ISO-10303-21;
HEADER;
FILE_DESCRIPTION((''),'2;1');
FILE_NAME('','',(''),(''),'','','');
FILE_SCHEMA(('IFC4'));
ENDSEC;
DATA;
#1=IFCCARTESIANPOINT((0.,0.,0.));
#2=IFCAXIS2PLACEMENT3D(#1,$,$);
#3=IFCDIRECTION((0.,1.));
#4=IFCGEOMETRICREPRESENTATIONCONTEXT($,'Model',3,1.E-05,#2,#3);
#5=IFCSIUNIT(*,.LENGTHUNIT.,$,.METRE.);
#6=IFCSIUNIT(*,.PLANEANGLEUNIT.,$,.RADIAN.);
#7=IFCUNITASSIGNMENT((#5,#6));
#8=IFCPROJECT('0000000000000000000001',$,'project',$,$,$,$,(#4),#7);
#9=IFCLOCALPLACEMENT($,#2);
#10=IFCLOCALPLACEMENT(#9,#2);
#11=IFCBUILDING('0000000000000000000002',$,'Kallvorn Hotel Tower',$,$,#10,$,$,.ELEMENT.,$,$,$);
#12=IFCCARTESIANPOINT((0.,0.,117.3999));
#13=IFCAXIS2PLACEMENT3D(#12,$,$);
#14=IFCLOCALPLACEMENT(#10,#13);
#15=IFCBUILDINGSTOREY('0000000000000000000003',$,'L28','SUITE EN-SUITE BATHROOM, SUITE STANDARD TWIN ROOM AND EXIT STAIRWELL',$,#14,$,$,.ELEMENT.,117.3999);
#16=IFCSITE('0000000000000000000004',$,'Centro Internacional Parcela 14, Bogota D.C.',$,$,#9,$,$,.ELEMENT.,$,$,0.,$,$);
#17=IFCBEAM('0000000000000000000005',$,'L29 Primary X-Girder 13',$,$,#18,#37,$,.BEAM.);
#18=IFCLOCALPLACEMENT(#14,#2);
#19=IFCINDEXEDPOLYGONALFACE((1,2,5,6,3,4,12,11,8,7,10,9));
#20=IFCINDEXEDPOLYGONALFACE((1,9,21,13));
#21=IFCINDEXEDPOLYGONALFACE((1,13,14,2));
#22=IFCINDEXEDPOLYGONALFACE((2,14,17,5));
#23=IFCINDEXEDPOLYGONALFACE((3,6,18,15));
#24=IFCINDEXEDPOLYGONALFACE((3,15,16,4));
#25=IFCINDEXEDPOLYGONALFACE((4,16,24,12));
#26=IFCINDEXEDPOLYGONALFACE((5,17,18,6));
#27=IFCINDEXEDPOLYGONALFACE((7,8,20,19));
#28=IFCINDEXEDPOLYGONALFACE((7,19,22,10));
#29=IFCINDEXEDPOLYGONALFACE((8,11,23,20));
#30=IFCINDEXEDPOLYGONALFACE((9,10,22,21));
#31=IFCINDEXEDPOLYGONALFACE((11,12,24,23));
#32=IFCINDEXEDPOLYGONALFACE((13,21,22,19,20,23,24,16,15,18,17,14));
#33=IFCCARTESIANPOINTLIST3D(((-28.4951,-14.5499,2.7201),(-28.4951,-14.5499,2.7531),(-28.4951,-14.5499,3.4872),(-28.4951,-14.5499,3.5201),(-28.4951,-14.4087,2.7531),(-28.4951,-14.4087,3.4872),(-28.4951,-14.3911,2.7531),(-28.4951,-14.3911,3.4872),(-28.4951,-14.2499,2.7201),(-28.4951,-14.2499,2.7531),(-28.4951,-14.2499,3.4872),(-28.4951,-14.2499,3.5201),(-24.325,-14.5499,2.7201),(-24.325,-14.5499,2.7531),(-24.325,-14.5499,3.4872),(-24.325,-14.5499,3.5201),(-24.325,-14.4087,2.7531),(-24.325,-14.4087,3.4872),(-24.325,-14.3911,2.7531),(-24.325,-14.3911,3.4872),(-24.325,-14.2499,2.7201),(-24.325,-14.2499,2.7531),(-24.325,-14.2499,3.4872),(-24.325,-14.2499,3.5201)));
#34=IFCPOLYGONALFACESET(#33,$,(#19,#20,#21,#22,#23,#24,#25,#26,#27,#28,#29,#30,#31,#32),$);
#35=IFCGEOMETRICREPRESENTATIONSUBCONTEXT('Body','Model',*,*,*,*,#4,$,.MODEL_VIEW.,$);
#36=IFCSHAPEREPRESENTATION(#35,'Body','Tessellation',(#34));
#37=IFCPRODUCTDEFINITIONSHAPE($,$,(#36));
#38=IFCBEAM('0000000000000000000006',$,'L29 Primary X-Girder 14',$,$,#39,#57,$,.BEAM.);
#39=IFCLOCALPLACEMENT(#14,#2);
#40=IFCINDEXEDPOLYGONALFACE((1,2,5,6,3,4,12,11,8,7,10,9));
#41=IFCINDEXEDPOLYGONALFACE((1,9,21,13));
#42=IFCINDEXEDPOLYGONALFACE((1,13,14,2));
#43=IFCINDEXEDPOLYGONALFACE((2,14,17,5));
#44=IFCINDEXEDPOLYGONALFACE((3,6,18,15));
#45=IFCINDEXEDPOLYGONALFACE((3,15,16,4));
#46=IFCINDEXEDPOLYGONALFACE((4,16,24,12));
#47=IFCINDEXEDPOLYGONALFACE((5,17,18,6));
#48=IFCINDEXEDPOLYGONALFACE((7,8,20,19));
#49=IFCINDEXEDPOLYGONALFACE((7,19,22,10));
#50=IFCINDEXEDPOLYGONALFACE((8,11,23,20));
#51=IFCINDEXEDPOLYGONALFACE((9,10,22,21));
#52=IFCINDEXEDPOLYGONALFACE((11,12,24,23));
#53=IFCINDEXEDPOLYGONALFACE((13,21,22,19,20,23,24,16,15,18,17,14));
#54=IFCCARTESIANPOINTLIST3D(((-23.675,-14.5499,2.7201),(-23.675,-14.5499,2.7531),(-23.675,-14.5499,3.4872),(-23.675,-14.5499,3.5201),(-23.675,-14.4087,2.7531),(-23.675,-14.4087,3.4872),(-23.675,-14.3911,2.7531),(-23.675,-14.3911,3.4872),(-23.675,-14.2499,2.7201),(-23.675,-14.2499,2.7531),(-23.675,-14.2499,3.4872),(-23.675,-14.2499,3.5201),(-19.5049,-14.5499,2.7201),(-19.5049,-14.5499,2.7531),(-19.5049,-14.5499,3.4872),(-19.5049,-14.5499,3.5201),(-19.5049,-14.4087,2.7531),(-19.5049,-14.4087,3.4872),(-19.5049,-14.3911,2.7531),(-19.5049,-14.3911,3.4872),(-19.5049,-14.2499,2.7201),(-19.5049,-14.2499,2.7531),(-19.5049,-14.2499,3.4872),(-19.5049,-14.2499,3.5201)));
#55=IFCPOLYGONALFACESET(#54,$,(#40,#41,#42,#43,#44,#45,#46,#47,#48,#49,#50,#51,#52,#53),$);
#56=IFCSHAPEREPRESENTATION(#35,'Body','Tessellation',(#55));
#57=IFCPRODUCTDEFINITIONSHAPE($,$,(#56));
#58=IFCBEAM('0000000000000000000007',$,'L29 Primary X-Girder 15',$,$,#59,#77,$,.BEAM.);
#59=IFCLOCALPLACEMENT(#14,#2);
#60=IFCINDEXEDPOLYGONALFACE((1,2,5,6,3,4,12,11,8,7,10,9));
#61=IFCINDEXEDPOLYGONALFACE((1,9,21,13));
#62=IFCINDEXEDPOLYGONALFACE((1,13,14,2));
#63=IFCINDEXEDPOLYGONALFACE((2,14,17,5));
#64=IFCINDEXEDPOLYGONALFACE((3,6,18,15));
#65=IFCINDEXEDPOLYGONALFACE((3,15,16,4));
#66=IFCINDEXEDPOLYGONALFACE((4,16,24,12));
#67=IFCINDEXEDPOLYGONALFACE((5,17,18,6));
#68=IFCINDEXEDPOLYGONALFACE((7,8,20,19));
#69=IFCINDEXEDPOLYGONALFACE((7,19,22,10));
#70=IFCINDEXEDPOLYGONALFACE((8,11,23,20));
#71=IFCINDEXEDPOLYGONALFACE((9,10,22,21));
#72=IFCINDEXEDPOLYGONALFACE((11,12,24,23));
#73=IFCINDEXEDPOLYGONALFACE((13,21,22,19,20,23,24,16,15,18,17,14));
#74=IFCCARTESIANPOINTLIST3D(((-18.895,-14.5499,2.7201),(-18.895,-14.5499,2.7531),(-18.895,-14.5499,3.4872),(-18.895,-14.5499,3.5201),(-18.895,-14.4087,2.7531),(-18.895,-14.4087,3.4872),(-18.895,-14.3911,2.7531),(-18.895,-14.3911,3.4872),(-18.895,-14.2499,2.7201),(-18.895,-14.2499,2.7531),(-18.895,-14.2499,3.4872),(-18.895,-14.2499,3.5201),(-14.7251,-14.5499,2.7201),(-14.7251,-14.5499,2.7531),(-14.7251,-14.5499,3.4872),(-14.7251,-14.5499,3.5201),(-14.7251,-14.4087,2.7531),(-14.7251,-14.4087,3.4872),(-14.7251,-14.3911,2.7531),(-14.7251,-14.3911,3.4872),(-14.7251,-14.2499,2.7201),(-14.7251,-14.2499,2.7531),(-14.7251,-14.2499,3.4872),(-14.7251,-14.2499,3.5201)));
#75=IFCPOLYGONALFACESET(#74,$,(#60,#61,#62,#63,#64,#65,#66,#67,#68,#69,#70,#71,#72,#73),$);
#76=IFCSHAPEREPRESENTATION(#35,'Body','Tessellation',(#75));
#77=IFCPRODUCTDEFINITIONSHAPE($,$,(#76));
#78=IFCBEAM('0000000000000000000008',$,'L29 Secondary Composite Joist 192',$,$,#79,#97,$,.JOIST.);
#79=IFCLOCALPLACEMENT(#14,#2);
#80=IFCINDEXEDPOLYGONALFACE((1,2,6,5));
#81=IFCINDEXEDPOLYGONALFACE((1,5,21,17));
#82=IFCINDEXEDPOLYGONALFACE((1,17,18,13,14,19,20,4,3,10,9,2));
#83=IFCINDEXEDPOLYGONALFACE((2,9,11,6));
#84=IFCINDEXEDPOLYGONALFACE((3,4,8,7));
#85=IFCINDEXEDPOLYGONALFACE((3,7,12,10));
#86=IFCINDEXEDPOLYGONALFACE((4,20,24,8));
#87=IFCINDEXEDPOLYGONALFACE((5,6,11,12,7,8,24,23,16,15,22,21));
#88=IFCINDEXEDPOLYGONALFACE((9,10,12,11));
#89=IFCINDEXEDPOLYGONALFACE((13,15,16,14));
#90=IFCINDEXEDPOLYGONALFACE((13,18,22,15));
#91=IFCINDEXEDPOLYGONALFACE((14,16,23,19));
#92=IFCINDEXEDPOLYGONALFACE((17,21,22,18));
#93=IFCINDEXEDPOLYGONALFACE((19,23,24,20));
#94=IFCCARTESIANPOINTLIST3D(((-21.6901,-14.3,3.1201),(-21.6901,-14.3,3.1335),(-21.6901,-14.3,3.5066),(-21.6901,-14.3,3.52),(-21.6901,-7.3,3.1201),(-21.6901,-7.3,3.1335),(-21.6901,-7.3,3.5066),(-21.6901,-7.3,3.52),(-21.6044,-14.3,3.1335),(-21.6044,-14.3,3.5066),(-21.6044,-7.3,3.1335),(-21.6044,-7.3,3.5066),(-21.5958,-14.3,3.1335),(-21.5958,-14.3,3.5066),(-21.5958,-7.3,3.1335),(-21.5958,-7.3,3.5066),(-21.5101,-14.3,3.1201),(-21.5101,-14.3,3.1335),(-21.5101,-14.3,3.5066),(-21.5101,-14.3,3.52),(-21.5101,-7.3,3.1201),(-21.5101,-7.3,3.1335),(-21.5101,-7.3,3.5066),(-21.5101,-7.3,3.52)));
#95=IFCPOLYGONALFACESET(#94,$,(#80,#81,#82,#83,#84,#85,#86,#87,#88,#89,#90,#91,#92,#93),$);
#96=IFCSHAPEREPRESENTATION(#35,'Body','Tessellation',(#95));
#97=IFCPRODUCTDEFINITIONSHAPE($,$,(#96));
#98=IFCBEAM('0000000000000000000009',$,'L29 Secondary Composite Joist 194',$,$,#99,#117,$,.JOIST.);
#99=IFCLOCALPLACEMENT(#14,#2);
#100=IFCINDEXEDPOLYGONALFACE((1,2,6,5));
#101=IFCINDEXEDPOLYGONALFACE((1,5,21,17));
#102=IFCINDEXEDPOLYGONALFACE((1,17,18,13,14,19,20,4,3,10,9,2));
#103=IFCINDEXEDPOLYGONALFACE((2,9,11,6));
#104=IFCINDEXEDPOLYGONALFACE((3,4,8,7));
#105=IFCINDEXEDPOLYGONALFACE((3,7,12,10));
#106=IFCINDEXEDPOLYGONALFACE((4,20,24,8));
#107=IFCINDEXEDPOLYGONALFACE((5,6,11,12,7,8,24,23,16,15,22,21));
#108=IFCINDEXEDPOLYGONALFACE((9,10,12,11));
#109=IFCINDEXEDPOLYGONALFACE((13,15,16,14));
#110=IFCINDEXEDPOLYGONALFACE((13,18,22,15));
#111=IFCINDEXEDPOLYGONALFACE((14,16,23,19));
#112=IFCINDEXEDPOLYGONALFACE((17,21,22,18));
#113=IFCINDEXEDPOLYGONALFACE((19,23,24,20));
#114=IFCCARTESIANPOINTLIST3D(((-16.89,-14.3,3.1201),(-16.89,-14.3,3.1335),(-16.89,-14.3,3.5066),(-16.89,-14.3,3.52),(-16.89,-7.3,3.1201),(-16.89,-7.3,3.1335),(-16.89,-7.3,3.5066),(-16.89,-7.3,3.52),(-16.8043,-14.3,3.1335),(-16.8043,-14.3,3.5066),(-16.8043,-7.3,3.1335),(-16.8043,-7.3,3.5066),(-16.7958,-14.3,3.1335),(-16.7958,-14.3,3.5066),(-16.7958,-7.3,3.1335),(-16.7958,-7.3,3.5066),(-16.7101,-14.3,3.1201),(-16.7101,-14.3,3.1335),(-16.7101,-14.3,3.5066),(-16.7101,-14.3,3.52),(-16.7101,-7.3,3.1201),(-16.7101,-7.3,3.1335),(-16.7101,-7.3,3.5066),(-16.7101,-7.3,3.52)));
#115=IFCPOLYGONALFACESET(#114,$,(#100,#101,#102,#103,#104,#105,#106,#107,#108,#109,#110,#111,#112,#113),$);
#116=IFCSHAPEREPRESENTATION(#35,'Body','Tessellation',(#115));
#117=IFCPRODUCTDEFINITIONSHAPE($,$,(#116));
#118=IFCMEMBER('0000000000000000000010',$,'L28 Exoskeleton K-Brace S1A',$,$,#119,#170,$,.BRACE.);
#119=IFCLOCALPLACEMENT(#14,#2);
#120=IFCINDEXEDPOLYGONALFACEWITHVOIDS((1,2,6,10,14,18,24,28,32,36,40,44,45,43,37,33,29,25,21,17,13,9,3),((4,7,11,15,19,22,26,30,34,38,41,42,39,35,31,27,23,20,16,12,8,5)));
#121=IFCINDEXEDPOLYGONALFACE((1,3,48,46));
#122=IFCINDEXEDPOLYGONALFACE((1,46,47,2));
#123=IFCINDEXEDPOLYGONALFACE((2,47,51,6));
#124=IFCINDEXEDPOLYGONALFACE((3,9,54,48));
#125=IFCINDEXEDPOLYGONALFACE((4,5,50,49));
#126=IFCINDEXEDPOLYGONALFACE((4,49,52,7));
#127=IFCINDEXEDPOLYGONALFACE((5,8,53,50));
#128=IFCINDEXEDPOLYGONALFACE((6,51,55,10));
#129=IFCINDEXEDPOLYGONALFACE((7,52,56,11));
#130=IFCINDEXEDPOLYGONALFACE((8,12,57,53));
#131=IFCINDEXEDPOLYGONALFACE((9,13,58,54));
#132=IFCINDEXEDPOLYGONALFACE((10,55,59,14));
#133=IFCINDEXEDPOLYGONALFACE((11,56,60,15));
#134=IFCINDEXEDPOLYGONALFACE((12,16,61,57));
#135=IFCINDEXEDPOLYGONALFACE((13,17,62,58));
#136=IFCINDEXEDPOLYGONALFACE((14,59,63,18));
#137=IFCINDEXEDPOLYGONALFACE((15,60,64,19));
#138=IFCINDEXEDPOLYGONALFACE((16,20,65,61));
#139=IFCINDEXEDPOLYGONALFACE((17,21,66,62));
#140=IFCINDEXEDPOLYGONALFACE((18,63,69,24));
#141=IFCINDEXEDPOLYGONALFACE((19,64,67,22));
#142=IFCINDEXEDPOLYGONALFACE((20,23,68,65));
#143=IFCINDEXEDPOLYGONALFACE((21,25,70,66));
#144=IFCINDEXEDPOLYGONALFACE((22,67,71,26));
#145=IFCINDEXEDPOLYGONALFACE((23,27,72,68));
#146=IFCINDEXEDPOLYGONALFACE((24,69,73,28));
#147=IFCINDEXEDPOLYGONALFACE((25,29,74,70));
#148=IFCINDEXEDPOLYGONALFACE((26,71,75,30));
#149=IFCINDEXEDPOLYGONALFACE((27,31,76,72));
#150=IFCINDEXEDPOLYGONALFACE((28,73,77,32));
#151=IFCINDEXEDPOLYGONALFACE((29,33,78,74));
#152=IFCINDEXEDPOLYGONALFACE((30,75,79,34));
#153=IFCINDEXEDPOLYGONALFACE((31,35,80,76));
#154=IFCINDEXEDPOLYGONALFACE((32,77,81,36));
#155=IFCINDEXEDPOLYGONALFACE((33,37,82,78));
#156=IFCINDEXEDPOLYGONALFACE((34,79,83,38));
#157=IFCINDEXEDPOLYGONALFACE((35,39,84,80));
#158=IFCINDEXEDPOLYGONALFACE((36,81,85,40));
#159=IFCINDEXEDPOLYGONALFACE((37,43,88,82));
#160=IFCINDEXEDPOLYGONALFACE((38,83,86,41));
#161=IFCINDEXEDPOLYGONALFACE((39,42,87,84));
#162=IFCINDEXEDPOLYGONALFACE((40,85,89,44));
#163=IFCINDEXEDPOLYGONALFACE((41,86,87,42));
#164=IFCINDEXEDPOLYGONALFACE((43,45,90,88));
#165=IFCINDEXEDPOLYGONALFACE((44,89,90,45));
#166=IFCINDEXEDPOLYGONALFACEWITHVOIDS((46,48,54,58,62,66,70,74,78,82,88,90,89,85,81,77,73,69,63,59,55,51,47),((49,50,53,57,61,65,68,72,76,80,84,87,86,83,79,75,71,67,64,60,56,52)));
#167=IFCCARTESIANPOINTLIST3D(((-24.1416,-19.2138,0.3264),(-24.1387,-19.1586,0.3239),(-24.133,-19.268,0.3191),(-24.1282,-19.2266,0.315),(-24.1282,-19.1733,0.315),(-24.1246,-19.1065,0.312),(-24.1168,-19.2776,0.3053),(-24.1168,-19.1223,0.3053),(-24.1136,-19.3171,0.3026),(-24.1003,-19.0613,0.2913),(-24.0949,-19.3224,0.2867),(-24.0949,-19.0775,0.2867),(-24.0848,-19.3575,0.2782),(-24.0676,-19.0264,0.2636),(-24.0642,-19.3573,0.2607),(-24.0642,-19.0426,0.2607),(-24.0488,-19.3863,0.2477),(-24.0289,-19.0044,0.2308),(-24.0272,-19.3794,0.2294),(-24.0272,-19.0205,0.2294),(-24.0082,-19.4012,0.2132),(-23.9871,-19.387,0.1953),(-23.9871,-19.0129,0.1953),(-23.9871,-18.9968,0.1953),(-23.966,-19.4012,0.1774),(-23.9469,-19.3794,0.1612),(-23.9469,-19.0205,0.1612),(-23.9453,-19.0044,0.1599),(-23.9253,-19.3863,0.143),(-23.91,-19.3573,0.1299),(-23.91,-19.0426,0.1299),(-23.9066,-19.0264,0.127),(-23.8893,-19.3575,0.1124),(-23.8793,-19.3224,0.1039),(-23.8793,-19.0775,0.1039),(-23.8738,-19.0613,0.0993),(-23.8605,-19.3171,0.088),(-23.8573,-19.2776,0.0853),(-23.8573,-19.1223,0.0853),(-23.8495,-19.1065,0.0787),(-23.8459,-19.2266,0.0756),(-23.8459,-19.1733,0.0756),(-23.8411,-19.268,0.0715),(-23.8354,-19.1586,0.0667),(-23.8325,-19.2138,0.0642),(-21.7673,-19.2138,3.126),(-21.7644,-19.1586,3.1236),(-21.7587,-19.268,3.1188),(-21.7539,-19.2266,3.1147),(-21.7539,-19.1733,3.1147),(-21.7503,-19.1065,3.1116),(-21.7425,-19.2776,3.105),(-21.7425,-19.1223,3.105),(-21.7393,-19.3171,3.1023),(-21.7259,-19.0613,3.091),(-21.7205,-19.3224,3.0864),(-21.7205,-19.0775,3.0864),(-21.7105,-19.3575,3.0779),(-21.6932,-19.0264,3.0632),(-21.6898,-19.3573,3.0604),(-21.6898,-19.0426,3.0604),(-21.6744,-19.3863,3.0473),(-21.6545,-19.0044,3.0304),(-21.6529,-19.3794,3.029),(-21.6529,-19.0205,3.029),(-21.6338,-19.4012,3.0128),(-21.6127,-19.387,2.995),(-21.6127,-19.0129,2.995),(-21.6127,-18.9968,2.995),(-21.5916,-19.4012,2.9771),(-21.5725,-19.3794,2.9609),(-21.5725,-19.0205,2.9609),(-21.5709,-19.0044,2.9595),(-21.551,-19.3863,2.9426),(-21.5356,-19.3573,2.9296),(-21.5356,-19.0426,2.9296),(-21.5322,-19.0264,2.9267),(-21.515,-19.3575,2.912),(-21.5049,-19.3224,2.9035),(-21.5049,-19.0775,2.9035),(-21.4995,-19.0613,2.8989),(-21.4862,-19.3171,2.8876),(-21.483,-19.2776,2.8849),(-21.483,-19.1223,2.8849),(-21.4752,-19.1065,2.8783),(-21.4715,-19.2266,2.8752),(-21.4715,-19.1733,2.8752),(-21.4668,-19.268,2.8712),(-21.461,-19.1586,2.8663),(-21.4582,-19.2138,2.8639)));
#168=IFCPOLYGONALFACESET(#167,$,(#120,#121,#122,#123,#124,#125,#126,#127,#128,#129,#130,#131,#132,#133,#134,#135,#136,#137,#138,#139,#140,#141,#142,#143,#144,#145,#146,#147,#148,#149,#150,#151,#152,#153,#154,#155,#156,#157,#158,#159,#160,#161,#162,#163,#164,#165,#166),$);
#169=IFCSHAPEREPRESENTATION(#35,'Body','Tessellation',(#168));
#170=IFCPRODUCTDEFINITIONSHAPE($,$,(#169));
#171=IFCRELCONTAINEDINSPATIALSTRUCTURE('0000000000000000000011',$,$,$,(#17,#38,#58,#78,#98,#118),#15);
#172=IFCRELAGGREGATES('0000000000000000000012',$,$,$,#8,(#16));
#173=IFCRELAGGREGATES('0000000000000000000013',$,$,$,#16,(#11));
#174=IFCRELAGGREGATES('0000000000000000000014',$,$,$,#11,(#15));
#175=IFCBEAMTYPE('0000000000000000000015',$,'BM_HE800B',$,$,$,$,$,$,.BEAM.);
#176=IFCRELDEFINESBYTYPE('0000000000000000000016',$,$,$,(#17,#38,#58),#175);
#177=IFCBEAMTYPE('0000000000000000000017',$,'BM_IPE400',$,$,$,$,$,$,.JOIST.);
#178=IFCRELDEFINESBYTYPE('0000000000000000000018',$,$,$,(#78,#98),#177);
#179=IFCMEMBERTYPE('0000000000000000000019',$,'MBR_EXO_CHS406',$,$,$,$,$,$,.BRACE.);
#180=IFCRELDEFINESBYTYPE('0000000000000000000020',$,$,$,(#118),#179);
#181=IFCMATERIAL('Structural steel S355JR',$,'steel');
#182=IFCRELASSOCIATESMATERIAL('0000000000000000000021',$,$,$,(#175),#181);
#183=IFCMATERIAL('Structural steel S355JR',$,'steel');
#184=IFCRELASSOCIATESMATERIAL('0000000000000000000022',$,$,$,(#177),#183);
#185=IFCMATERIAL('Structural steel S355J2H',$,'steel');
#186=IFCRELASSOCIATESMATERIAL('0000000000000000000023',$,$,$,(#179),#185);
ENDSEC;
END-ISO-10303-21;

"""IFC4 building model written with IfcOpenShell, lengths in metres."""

from ifc_helpers import new_model, si_unit, direction, frame, origin, origin_2d, place, context, subcontext, project, spatial, hollow_circle, i_section, extrude, material, material_profile, profile_set, type_object, element, save


model = new_model("IFC4")

# Units and contexts
model_context = context("Model", 3, precision=1e-05, world=origin(), true_north=direction((0.0, 1.0)))
body_context = subcontext(model_context, "Body", "Model", "MODEL_VIEW")
ifc_project = project(units=[si_unit("LENGTHUNIT", "METRE"), si_unit("PLANEANGLEUNIT", "RADIAN")], contexts=[model_context])

# Site, building, storey
site_placement = place(None, origin())
site = spatial("IfcSite", under=ifc_project, at=site_placement, Name="Centro Internacional Parcela 14, Bogota D.C.", CompositionType="ELEMENT", RefElevation=0.0)
building_placement = place(site_placement, origin())
building = spatial("IfcBuilding", under=site, at=building_placement, Name="Kallvorn Hotel Tower", CompositionType="ELEMENT")
storey_placement = place(building_placement, frame((0.0, 0.0, 117.3999)))
storey = spatial("IfcBuildingStorey", under=building, at=storey_placement, Name="L28", Description="SUITE EN-SUITE BATHROOM, SUITE STANDARD TWIN ROOM AND EXIT STAIRWELL", CompositionType="ELEMENT", Elevation=117.3999)

# Beams
ifc_material_1 = material(Name="Structural steel S355JR", Category="steel")
ifc_material_profile_1 = material_profile(ifc_material_1, i_section(OverallWidth=0.3, OverallDepth=0.8, WebThickness=0.0176, FlangeThickness=0.033, at=origin_2d()), Name="HE 800 B")
ifc_profile_set_1 = profile_set([ifc_material_profile_1], Name="Structural steel S355JR")
beam_type_1 = type_object("IfcBeamType", Name="BM_HE800B", PredefinedType="BEAM", material=ifc_profile_set_1)
for number, where, z_axis, x_axis, name in (
    (1, (-28.4951, -14.3999, 3.1201), (1.0, 0.0, 0.0), (0.0, 1.0, 0.0), "L29 Primary X-Girder 13"),
    (2, (-23.675, -14.3999, 3.1201), (1.0, 0.0, 0.0), (0.0, 1.0, 0.0), "L29 Primary X-Girder 14"),
):
    element("IfcBeam", number, at=place(storey_placement, frame(where, z_axis=z_axis, x_axis=x_axis)), inside=storey, type_object=beam_type_1, Name=name, PredefinedType="BEAM", context=body_context, shape_type="SweptSolid", body=[
        extrude(i_section(OverallWidth=0.3, OverallDepth=0.8, WebThickness=0.0176, FlangeThickness=0.033, at=origin_2d()), origin(), (0.0, 0.0, 1.0), 4.1702),
    ])
beam_1_placement = place(storey_placement, frame((-18.895, -14.3999, 3.1201), z_axis=(1.0, 0.0, 0.0), x_axis=(0.0, 1.0, 0.0)))
element("IfcBeam", 3, at=beam_1_placement, inside=storey, type_object=beam_type_1, Name="L29 Primary X-Girder 15", PredefinedType="BEAM", context=body_context, shape_type="SweptSolid", body=[
    extrude(i_section(OverallWidth=0.3, OverallDepth=0.8, WebThickness=0.0176, FlangeThickness=0.033, at=origin_2d()), origin(), (0.0, 0.0, 1.0), 4.1699),
])
ifc_material_2 = material(Name="Structural steel S355JR", Category="steel")
ifc_material_profile_2 = material_profile(ifc_material_2, i_section(OverallWidth=0.1799, OverallDepth=0.3999, WebThickness=0.0085, FlangeThickness=0.0134, at=origin_2d()), Name="IPE 400")
ifc_profile_set_2 = profile_set([ifc_material_profile_2], Name="Structural steel S355JR")
beam_type_2 = type_object("IfcBeamType", Name="BM_IPE400", PredefinedType="JOIST", material=ifc_profile_set_2)
for number, where, z_axis, x_axis, name in (
    (4, (-21.6001, -14.3, 3.3201), (0.0, 1.0, 0.0), (-1.0, 0.0, 0.0), "L29 Secondary Composite Joist 192"),
    (5, (-16.8, -14.3, 3.3201), (0.0, 1.0, 0.0), (-1.0, 0.0, 0.0), "L29 Secondary Composite Joist 194"),
):
    element("IfcBeam", number, at=place(storey_placement, frame(where, z_axis=z_axis, x_axis=x_axis)), inside=storey, type_object=beam_type_2, Name=name, PredefinedType="JOIST", context=body_context, shape_type="SweptSolid", body=[
        extrude(i_section(OverallWidth=0.1799, OverallDepth=0.3999, WebThickness=0.0085, FlangeThickness=0.0134, at=origin_2d()), origin(), (0.0, 0.0, 1.0), 7.0),
    ])

# Member
ifc_material_3 = material(Name="Structural steel S355J2H", Category="steel")
ifc_material_profile_3 = material_profile(ifc_material_3, hollow_circle(Radius=0.2031, WallThickness=0.0161, at=origin_2d()), Name="CHS 406.4x16")
ifc_profile_set_3 = profile_set([ifc_material_profile_3], Name="Structural steel S355J2H")
member_type = type_object("IfcMemberType", Name="MBR_EXO_CHS406", PredefinedType="BRACE", material=ifc_profile_set_3)
for number, where, z_axis, x_axis, name in (
    (6, (-23.9871, -19.2, 0.1953), (0.6468, 0.0, 0.762659), (0.0, 1.0, 0.0), "L28 Exoskeleton K-Brace S1A"),
):
    element("IfcMember", number, at=place(storey_placement, frame(where, z_axis=z_axis, x_axis=x_axis)), inside=storey, type_object=member_type, Name=name, PredefinedType="BRACE", context=body_context, shape_type="SweptSolid", body=[
        extrude(hollow_circle(Radius=0.2031, WallThickness=0.0161, at=origin_2d()), origin(), (0.0, 0.0, 1.0), 3.6709),
    ])

save(model, "model.ifc")
